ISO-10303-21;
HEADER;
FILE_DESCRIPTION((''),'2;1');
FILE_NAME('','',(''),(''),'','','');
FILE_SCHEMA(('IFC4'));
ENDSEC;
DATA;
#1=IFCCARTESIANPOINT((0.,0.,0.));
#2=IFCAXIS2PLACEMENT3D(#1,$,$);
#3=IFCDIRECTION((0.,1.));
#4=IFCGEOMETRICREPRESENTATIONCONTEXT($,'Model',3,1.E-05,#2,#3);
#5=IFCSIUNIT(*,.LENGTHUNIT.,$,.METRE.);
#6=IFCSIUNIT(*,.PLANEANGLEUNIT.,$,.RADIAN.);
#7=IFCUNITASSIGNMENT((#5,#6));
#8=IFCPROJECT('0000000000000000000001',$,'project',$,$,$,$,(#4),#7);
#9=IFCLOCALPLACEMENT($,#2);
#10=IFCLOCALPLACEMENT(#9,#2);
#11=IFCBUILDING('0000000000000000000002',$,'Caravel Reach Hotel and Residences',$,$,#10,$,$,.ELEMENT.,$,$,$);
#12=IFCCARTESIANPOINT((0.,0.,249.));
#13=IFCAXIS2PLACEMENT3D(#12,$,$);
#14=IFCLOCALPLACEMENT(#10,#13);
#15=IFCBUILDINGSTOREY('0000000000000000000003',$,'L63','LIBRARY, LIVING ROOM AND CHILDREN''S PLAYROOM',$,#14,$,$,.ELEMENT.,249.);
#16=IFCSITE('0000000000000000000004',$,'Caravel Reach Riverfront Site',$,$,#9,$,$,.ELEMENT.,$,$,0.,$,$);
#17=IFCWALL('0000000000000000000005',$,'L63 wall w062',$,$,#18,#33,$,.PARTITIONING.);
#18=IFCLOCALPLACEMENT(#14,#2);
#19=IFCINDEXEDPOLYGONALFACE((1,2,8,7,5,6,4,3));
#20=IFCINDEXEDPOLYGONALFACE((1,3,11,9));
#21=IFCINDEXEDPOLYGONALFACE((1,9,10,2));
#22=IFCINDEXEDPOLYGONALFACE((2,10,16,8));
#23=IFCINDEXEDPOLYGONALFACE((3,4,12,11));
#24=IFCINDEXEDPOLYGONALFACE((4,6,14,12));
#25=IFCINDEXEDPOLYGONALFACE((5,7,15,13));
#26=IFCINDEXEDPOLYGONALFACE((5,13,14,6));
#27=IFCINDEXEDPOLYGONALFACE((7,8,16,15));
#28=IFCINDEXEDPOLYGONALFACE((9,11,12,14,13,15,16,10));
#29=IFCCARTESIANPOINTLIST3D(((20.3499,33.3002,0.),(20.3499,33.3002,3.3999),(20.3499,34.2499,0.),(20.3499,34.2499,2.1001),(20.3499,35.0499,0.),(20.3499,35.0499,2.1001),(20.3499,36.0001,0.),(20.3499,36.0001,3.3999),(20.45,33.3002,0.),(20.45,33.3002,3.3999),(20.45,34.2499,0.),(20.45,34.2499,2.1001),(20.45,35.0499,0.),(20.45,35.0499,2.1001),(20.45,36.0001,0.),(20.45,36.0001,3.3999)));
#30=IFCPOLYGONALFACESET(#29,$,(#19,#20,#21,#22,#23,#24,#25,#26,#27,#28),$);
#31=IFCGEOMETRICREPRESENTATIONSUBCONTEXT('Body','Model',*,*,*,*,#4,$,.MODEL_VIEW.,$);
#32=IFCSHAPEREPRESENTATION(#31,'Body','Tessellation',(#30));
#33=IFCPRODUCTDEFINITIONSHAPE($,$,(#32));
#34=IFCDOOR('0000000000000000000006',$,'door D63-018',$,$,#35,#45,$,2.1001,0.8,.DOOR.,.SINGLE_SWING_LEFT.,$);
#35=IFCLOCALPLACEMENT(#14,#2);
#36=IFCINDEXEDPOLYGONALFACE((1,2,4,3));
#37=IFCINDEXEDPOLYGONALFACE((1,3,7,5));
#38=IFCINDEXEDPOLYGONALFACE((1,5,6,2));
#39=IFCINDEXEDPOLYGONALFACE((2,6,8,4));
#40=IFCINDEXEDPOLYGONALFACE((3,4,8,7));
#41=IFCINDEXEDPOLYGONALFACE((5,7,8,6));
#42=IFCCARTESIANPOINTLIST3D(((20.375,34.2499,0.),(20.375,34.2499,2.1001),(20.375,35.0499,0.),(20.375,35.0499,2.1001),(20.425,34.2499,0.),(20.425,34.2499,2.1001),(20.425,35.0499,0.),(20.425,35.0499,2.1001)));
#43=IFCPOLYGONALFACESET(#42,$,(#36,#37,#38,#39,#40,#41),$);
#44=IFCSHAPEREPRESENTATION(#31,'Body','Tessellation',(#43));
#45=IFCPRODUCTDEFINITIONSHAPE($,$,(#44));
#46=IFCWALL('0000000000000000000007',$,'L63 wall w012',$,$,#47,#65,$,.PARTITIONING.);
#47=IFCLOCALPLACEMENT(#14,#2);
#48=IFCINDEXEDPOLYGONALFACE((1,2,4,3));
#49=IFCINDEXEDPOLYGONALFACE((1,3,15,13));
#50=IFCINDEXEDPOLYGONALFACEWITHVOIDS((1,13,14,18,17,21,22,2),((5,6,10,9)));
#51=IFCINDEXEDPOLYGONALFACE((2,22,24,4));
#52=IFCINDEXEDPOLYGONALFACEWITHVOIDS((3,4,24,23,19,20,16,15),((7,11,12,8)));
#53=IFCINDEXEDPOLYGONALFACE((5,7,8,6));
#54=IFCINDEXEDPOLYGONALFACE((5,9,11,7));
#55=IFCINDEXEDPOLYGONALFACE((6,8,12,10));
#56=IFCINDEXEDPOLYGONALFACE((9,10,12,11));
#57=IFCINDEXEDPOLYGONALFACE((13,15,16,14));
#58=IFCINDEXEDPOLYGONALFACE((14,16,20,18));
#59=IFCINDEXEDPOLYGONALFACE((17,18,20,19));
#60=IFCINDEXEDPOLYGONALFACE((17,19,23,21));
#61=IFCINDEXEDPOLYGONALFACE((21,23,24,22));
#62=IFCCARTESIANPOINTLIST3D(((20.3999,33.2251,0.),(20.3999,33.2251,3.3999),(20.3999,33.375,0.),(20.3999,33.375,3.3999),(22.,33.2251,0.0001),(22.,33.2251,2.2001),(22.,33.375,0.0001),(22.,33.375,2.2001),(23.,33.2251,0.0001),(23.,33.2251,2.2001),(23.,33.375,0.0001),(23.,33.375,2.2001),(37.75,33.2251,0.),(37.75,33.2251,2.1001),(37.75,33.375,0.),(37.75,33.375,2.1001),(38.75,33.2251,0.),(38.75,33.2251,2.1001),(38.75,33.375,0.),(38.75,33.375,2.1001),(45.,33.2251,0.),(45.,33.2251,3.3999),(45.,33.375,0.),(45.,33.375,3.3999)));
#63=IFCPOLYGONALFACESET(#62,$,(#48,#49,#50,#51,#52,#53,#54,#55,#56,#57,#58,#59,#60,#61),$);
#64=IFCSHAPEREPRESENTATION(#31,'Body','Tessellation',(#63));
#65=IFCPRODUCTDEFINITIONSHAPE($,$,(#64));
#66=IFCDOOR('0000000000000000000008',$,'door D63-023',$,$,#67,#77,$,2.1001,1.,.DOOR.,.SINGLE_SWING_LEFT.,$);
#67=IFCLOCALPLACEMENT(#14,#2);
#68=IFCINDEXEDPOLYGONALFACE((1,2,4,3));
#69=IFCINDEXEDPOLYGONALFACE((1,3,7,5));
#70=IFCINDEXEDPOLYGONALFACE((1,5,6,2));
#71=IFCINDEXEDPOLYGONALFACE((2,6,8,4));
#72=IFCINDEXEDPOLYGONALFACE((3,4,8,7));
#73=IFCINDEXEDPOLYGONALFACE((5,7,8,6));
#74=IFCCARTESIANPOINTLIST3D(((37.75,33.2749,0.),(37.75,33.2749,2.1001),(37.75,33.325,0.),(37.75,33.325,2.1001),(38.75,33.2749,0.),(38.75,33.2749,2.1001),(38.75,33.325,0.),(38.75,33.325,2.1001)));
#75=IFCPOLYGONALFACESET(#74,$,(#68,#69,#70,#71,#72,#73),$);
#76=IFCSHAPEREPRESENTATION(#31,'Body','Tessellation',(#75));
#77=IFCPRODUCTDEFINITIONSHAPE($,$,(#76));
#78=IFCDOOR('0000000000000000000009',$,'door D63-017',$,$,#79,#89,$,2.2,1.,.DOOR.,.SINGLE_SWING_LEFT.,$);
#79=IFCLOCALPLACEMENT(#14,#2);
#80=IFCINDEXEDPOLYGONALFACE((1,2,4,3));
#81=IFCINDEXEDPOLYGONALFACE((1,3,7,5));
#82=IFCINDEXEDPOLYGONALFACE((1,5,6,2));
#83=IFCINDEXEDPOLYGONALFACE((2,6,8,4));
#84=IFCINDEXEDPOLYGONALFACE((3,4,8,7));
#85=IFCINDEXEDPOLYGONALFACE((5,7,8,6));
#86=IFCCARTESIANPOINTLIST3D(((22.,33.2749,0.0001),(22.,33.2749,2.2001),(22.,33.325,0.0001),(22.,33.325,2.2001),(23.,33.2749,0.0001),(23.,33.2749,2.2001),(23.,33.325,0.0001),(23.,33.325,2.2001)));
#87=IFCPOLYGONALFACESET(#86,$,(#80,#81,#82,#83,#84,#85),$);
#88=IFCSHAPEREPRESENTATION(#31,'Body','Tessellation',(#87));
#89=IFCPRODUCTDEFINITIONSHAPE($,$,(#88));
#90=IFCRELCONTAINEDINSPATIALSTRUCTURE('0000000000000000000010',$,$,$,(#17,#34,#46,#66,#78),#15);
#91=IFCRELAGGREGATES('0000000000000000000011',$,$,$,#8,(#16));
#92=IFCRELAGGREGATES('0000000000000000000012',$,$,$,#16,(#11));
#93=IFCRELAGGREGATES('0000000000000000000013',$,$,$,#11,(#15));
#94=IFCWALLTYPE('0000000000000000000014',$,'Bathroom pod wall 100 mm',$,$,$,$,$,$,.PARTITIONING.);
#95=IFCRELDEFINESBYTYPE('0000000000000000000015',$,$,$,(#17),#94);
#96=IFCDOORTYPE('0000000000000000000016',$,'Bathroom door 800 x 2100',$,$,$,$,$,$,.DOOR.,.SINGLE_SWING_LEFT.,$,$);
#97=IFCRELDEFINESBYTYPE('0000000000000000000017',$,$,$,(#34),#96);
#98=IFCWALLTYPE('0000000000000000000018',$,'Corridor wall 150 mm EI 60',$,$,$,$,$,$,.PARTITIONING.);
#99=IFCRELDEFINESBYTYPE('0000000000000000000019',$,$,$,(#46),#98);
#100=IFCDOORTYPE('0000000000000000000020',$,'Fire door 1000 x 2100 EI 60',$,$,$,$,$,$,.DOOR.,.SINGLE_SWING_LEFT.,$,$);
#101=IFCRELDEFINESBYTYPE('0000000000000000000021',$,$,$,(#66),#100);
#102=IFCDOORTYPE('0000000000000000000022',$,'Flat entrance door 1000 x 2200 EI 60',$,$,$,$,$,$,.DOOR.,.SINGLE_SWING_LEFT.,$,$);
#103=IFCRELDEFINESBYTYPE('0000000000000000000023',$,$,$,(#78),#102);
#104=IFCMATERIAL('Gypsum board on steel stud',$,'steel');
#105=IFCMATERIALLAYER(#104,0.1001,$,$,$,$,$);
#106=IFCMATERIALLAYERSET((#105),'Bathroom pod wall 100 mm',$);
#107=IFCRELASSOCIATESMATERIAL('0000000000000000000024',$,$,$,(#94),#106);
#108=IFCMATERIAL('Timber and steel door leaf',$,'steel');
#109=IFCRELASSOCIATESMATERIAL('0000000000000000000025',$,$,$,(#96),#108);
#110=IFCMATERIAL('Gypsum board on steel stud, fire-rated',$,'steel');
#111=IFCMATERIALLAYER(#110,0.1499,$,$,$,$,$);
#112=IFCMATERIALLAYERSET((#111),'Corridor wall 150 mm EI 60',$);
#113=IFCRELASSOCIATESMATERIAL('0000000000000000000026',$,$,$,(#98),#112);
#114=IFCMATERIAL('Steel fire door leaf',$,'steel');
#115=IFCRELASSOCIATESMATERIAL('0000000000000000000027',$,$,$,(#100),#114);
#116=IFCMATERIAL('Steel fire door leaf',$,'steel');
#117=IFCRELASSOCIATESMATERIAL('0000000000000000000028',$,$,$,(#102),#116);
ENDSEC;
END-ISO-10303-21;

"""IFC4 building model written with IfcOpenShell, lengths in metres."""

from ifc_helpers import new_model, si_unit, direction, frame, frame_2d, origin, place, context, subcontext, project, spatial, rectangle, extrude, material, layer, layer_set, type_object, element, fill, save


model = new_model("IFC4")

# Units and contexts
model_context = context("Model", 3, precision=1e-05, world=origin(), true_north=direction((0.0, 1.0)))
body_context = subcontext(model_context, "Body", "Model", "MODEL_VIEW")
ifc_project = project(units=[si_unit("LENGTHUNIT", "METRE"), si_unit("PLANEANGLEUNIT", "RADIAN")], contexts=[model_context])

# Site, building, storey
site_placement = place(None, origin())
site = spatial("IfcSite", under=ifc_project, at=site_placement, Name="Caravel Reach Riverfront Site", CompositionType="ELEMENT", RefElevation=0.0)
building_placement = place(site_placement, origin())
building = spatial("IfcBuilding", under=site, at=building_placement, Name="Caravel Reach Hotel and Residences", CompositionType="ELEMENT")
storey_placement = place(building_placement, frame((0.0, 0.0, 249.0)))
storey = spatial("IfcBuildingStorey", under=building, at=storey_placement, Name="L63", Description="LIBRARY, LIVING ROOM AND CHILDREN'S PLAYROOM", CompositionType="ELEMENT", Elevation=249.0)

# Wall, opening, door
ifc_material_1 = material(Name="Gypsum board on steel stud", Category="steel")
ifc_layer_1 = layer(ifc_material_1, 0.1001)
ifc_layer_set_1 = layer_set([ifc_layer_1], Name="Bathroom pod wall 100 mm")
wall_type_1 = type_object("IfcWallType", Name="Bathroom pod wall 100 mm", PredefinedType="PARTITIONING", material=ifc_layer_set_1)
wall_1_placement = place(storey_placement, frame((20.3999, 33.3, 0.0), z_axis=(0.0, 0.0, 1.0), x_axis=(0.0, 1.0, 0.0)))
wall_1 = element("IfcWall", 1, at=wall_1_placement, inside=storey, type_object=wall_type_1, Name="L63 wall w062", PredefinedType="PARTITIONING", context=body_context, shape_type="SweptSolid", body=[
    extrude(rectangle(XDim=2.7, YDim=0.1001, at=frame_2d((1.3501, 0.0))), origin(), (0.0, 0.0, 1.0), 3.3999),
])
opening_1_placement = place(wall_1_placement, frame((0.95, 0.0, 0.0)))
opening_1 = element("IfcOpeningElement", 2, at=opening_1_placement, cuts=wall_1, PredefinedType="OPENING", context=body_context, shape_type="SweptSolid", body=[
    extrude(rectangle(XDim=0.8, YDim=2.1001, at=frame_2d((0.3999, 1.05))), frame((0.0, 0.0601, 0.0), z_axis=(0.0, -1.0, 0.0), x_axis=(1.0, 0.0, 0.0)), (0.0, 0.0, 1.0), 0.1201),
])
ifc_material_2 = material(Name="Timber and steel door leaf", Category="steel")
door_type_1 = type_object("IfcDoorType", Name="Bathroom door 800 x 2100", OperationType="SINGLE_SWING_LEFT", PredefinedType="DOOR", material=ifc_material_2)
door_1_placement = place(opening_1_placement, origin())
door_1 = element("IfcDoor", 3, at=door_1_placement, inside=storey, type_object=door_type_1, Name="door D63-018", OperationType="SINGLE_SWING_LEFT", OverallHeight=2.1001, OverallWidth=0.8, PredefinedType="DOOR", context=body_context, shape_type="SweptSolid", body=[
    extrude(rectangle(XDim=0.8, YDim=2.1001, at=frame_2d((0.3999, 1.05))), frame((0.0, 0.0249, 0.0), z_axis=(0.0, -1.0, 0.0), x_axis=(1.0, 0.0, 0.0)), (0.0, 0.0, 1.0), 0.05),
])
fill(opening_1, door_1)

# Wall, openings, doors
ifc_material_3 = material(Name="Gypsum board on steel stud, fire-rated", Category="steel")
ifc_layer_2 = layer(ifc_material_3, 0.1499)
ifc_layer_set_2 = layer_set([ifc_layer_2], Name="Corridor wall 150 mm EI 60")
wall_type_2 = type_object("IfcWallType", Name="Corridor wall 150 mm EI 60", PredefinedType="PARTITIONING", material=ifc_layer_set_2)
wall_2_placement = place(storey_placement, frame((20.3999, 33.3, 0.0), z_axis=(0.0, 0.0, 1.0), x_axis=(1.0, 0.0, 0.0)))
wall_2 = element("IfcWall", 4, at=wall_2_placement, inside=storey, type_object=wall_type_2, Name="L63 wall w012", PredefinedType="PARTITIONING", context=body_context, shape_type="SweptSolid", body=[
    extrude(rectangle(XDim=24.6001, YDim=0.1499, at=frame_2d((12.3, 0.0))), origin(), (0.0, 0.0, 1.0), 3.3999),
])
opening_2_placement = place(wall_2_placement, frame((1.6001, 0.0, 0.0)))
opening_2 = element("IfcOpeningElement", 5, at=opening_2_placement, cuts=wall_2, PredefinedType="OPENING", context=body_context, shape_type="SweptSolid", body=[
    extrude(rectangle(XDim=1.0, YDim=2.2, at=frame_2d((0.5, 1.1001))), frame((0.0, 0.085, 0.0), z_axis=(0.0, -1.0, 0.0), x_axis=(1.0, 0.0, 0.0)), (0.0, 0.0, 1.0), 0.1699),
])
opening_3_placement = place(wall_2_placement, frame((17.3501, 0.0, 0.0)))
opening_3 = element("IfcOpeningElement", 6, at=opening_3_placement, cuts=wall_2, PredefinedType="OPENING", context=body_context, shape_type="SweptSolid", body=[
    extrude(rectangle(XDim=1.0, YDim=2.1001, at=frame_2d((0.5, 1.05))), frame((0.0, 0.085, 0.0), z_axis=(0.0, -1.0, 0.0), x_axis=(1.0, 0.0, 0.0)), (0.0, 0.0, 1.0), 0.1699),
])
ifc_material_4 = material(Name="Steel fire door leaf", Category="steel")
door_type_2 = type_object("IfcDoorType", Name="Fire door 1000 x 2100 EI 60", OperationType="SINGLE_SWING_LEFT", PredefinedType="DOOR", material=ifc_material_4)
door_2_placement = place(opening_3_placement, origin())
door_2 = element("IfcDoor", 7, at=door_2_placement, inside=storey, type_object=door_type_2, Name="door D63-023", OperationType="SINGLE_SWING_LEFT", OverallHeight=2.1001, OverallWidth=1.0, PredefinedType="DOOR", context=body_context, shape_type="SweptSolid", body=[
    extrude(rectangle(XDim=1.0, YDim=2.1001, at=frame_2d((0.5, 1.05))), frame((0.0, 0.0249, 0.0), z_axis=(0.0, -1.0, 0.0), x_axis=(1.0, 0.0, 0.0)), (0.0, 0.0, 1.0), 0.05),
])
fill(opening_3, door_2)
ifc_material_5 = material(Name="Steel fire door leaf", Category="steel")
door_type_3 = type_object("IfcDoorType", Name="Flat entrance door 1000 x 2200 EI 60", OperationType="SINGLE_SWING_LEFT", PredefinedType="DOOR", material=ifc_material_5)
door_3_placement = place(opening_2_placement, origin())
door_3 = element("IfcDoor", 8, at=door_3_placement, inside=storey, type_object=door_type_3, Name="door D63-017", OperationType="SINGLE_SWING_LEFT", OverallHeight=2.2, OverallWidth=1.0, PredefinedType="DOOR", context=body_context, shape_type="SweptSolid", body=[
    extrude(rectangle(XDim=1.0, YDim=2.2, at=frame_2d((0.5, 1.1001))), frame((0.0, 0.0249, 0.0), z_axis=(0.0, -1.0, 0.0), x_axis=(1.0, 0.0, 0.0)), (0.0, 0.0, 1.0), 0.05),
])
fill(opening_2, door_3)

save(model, "model.ifc")
